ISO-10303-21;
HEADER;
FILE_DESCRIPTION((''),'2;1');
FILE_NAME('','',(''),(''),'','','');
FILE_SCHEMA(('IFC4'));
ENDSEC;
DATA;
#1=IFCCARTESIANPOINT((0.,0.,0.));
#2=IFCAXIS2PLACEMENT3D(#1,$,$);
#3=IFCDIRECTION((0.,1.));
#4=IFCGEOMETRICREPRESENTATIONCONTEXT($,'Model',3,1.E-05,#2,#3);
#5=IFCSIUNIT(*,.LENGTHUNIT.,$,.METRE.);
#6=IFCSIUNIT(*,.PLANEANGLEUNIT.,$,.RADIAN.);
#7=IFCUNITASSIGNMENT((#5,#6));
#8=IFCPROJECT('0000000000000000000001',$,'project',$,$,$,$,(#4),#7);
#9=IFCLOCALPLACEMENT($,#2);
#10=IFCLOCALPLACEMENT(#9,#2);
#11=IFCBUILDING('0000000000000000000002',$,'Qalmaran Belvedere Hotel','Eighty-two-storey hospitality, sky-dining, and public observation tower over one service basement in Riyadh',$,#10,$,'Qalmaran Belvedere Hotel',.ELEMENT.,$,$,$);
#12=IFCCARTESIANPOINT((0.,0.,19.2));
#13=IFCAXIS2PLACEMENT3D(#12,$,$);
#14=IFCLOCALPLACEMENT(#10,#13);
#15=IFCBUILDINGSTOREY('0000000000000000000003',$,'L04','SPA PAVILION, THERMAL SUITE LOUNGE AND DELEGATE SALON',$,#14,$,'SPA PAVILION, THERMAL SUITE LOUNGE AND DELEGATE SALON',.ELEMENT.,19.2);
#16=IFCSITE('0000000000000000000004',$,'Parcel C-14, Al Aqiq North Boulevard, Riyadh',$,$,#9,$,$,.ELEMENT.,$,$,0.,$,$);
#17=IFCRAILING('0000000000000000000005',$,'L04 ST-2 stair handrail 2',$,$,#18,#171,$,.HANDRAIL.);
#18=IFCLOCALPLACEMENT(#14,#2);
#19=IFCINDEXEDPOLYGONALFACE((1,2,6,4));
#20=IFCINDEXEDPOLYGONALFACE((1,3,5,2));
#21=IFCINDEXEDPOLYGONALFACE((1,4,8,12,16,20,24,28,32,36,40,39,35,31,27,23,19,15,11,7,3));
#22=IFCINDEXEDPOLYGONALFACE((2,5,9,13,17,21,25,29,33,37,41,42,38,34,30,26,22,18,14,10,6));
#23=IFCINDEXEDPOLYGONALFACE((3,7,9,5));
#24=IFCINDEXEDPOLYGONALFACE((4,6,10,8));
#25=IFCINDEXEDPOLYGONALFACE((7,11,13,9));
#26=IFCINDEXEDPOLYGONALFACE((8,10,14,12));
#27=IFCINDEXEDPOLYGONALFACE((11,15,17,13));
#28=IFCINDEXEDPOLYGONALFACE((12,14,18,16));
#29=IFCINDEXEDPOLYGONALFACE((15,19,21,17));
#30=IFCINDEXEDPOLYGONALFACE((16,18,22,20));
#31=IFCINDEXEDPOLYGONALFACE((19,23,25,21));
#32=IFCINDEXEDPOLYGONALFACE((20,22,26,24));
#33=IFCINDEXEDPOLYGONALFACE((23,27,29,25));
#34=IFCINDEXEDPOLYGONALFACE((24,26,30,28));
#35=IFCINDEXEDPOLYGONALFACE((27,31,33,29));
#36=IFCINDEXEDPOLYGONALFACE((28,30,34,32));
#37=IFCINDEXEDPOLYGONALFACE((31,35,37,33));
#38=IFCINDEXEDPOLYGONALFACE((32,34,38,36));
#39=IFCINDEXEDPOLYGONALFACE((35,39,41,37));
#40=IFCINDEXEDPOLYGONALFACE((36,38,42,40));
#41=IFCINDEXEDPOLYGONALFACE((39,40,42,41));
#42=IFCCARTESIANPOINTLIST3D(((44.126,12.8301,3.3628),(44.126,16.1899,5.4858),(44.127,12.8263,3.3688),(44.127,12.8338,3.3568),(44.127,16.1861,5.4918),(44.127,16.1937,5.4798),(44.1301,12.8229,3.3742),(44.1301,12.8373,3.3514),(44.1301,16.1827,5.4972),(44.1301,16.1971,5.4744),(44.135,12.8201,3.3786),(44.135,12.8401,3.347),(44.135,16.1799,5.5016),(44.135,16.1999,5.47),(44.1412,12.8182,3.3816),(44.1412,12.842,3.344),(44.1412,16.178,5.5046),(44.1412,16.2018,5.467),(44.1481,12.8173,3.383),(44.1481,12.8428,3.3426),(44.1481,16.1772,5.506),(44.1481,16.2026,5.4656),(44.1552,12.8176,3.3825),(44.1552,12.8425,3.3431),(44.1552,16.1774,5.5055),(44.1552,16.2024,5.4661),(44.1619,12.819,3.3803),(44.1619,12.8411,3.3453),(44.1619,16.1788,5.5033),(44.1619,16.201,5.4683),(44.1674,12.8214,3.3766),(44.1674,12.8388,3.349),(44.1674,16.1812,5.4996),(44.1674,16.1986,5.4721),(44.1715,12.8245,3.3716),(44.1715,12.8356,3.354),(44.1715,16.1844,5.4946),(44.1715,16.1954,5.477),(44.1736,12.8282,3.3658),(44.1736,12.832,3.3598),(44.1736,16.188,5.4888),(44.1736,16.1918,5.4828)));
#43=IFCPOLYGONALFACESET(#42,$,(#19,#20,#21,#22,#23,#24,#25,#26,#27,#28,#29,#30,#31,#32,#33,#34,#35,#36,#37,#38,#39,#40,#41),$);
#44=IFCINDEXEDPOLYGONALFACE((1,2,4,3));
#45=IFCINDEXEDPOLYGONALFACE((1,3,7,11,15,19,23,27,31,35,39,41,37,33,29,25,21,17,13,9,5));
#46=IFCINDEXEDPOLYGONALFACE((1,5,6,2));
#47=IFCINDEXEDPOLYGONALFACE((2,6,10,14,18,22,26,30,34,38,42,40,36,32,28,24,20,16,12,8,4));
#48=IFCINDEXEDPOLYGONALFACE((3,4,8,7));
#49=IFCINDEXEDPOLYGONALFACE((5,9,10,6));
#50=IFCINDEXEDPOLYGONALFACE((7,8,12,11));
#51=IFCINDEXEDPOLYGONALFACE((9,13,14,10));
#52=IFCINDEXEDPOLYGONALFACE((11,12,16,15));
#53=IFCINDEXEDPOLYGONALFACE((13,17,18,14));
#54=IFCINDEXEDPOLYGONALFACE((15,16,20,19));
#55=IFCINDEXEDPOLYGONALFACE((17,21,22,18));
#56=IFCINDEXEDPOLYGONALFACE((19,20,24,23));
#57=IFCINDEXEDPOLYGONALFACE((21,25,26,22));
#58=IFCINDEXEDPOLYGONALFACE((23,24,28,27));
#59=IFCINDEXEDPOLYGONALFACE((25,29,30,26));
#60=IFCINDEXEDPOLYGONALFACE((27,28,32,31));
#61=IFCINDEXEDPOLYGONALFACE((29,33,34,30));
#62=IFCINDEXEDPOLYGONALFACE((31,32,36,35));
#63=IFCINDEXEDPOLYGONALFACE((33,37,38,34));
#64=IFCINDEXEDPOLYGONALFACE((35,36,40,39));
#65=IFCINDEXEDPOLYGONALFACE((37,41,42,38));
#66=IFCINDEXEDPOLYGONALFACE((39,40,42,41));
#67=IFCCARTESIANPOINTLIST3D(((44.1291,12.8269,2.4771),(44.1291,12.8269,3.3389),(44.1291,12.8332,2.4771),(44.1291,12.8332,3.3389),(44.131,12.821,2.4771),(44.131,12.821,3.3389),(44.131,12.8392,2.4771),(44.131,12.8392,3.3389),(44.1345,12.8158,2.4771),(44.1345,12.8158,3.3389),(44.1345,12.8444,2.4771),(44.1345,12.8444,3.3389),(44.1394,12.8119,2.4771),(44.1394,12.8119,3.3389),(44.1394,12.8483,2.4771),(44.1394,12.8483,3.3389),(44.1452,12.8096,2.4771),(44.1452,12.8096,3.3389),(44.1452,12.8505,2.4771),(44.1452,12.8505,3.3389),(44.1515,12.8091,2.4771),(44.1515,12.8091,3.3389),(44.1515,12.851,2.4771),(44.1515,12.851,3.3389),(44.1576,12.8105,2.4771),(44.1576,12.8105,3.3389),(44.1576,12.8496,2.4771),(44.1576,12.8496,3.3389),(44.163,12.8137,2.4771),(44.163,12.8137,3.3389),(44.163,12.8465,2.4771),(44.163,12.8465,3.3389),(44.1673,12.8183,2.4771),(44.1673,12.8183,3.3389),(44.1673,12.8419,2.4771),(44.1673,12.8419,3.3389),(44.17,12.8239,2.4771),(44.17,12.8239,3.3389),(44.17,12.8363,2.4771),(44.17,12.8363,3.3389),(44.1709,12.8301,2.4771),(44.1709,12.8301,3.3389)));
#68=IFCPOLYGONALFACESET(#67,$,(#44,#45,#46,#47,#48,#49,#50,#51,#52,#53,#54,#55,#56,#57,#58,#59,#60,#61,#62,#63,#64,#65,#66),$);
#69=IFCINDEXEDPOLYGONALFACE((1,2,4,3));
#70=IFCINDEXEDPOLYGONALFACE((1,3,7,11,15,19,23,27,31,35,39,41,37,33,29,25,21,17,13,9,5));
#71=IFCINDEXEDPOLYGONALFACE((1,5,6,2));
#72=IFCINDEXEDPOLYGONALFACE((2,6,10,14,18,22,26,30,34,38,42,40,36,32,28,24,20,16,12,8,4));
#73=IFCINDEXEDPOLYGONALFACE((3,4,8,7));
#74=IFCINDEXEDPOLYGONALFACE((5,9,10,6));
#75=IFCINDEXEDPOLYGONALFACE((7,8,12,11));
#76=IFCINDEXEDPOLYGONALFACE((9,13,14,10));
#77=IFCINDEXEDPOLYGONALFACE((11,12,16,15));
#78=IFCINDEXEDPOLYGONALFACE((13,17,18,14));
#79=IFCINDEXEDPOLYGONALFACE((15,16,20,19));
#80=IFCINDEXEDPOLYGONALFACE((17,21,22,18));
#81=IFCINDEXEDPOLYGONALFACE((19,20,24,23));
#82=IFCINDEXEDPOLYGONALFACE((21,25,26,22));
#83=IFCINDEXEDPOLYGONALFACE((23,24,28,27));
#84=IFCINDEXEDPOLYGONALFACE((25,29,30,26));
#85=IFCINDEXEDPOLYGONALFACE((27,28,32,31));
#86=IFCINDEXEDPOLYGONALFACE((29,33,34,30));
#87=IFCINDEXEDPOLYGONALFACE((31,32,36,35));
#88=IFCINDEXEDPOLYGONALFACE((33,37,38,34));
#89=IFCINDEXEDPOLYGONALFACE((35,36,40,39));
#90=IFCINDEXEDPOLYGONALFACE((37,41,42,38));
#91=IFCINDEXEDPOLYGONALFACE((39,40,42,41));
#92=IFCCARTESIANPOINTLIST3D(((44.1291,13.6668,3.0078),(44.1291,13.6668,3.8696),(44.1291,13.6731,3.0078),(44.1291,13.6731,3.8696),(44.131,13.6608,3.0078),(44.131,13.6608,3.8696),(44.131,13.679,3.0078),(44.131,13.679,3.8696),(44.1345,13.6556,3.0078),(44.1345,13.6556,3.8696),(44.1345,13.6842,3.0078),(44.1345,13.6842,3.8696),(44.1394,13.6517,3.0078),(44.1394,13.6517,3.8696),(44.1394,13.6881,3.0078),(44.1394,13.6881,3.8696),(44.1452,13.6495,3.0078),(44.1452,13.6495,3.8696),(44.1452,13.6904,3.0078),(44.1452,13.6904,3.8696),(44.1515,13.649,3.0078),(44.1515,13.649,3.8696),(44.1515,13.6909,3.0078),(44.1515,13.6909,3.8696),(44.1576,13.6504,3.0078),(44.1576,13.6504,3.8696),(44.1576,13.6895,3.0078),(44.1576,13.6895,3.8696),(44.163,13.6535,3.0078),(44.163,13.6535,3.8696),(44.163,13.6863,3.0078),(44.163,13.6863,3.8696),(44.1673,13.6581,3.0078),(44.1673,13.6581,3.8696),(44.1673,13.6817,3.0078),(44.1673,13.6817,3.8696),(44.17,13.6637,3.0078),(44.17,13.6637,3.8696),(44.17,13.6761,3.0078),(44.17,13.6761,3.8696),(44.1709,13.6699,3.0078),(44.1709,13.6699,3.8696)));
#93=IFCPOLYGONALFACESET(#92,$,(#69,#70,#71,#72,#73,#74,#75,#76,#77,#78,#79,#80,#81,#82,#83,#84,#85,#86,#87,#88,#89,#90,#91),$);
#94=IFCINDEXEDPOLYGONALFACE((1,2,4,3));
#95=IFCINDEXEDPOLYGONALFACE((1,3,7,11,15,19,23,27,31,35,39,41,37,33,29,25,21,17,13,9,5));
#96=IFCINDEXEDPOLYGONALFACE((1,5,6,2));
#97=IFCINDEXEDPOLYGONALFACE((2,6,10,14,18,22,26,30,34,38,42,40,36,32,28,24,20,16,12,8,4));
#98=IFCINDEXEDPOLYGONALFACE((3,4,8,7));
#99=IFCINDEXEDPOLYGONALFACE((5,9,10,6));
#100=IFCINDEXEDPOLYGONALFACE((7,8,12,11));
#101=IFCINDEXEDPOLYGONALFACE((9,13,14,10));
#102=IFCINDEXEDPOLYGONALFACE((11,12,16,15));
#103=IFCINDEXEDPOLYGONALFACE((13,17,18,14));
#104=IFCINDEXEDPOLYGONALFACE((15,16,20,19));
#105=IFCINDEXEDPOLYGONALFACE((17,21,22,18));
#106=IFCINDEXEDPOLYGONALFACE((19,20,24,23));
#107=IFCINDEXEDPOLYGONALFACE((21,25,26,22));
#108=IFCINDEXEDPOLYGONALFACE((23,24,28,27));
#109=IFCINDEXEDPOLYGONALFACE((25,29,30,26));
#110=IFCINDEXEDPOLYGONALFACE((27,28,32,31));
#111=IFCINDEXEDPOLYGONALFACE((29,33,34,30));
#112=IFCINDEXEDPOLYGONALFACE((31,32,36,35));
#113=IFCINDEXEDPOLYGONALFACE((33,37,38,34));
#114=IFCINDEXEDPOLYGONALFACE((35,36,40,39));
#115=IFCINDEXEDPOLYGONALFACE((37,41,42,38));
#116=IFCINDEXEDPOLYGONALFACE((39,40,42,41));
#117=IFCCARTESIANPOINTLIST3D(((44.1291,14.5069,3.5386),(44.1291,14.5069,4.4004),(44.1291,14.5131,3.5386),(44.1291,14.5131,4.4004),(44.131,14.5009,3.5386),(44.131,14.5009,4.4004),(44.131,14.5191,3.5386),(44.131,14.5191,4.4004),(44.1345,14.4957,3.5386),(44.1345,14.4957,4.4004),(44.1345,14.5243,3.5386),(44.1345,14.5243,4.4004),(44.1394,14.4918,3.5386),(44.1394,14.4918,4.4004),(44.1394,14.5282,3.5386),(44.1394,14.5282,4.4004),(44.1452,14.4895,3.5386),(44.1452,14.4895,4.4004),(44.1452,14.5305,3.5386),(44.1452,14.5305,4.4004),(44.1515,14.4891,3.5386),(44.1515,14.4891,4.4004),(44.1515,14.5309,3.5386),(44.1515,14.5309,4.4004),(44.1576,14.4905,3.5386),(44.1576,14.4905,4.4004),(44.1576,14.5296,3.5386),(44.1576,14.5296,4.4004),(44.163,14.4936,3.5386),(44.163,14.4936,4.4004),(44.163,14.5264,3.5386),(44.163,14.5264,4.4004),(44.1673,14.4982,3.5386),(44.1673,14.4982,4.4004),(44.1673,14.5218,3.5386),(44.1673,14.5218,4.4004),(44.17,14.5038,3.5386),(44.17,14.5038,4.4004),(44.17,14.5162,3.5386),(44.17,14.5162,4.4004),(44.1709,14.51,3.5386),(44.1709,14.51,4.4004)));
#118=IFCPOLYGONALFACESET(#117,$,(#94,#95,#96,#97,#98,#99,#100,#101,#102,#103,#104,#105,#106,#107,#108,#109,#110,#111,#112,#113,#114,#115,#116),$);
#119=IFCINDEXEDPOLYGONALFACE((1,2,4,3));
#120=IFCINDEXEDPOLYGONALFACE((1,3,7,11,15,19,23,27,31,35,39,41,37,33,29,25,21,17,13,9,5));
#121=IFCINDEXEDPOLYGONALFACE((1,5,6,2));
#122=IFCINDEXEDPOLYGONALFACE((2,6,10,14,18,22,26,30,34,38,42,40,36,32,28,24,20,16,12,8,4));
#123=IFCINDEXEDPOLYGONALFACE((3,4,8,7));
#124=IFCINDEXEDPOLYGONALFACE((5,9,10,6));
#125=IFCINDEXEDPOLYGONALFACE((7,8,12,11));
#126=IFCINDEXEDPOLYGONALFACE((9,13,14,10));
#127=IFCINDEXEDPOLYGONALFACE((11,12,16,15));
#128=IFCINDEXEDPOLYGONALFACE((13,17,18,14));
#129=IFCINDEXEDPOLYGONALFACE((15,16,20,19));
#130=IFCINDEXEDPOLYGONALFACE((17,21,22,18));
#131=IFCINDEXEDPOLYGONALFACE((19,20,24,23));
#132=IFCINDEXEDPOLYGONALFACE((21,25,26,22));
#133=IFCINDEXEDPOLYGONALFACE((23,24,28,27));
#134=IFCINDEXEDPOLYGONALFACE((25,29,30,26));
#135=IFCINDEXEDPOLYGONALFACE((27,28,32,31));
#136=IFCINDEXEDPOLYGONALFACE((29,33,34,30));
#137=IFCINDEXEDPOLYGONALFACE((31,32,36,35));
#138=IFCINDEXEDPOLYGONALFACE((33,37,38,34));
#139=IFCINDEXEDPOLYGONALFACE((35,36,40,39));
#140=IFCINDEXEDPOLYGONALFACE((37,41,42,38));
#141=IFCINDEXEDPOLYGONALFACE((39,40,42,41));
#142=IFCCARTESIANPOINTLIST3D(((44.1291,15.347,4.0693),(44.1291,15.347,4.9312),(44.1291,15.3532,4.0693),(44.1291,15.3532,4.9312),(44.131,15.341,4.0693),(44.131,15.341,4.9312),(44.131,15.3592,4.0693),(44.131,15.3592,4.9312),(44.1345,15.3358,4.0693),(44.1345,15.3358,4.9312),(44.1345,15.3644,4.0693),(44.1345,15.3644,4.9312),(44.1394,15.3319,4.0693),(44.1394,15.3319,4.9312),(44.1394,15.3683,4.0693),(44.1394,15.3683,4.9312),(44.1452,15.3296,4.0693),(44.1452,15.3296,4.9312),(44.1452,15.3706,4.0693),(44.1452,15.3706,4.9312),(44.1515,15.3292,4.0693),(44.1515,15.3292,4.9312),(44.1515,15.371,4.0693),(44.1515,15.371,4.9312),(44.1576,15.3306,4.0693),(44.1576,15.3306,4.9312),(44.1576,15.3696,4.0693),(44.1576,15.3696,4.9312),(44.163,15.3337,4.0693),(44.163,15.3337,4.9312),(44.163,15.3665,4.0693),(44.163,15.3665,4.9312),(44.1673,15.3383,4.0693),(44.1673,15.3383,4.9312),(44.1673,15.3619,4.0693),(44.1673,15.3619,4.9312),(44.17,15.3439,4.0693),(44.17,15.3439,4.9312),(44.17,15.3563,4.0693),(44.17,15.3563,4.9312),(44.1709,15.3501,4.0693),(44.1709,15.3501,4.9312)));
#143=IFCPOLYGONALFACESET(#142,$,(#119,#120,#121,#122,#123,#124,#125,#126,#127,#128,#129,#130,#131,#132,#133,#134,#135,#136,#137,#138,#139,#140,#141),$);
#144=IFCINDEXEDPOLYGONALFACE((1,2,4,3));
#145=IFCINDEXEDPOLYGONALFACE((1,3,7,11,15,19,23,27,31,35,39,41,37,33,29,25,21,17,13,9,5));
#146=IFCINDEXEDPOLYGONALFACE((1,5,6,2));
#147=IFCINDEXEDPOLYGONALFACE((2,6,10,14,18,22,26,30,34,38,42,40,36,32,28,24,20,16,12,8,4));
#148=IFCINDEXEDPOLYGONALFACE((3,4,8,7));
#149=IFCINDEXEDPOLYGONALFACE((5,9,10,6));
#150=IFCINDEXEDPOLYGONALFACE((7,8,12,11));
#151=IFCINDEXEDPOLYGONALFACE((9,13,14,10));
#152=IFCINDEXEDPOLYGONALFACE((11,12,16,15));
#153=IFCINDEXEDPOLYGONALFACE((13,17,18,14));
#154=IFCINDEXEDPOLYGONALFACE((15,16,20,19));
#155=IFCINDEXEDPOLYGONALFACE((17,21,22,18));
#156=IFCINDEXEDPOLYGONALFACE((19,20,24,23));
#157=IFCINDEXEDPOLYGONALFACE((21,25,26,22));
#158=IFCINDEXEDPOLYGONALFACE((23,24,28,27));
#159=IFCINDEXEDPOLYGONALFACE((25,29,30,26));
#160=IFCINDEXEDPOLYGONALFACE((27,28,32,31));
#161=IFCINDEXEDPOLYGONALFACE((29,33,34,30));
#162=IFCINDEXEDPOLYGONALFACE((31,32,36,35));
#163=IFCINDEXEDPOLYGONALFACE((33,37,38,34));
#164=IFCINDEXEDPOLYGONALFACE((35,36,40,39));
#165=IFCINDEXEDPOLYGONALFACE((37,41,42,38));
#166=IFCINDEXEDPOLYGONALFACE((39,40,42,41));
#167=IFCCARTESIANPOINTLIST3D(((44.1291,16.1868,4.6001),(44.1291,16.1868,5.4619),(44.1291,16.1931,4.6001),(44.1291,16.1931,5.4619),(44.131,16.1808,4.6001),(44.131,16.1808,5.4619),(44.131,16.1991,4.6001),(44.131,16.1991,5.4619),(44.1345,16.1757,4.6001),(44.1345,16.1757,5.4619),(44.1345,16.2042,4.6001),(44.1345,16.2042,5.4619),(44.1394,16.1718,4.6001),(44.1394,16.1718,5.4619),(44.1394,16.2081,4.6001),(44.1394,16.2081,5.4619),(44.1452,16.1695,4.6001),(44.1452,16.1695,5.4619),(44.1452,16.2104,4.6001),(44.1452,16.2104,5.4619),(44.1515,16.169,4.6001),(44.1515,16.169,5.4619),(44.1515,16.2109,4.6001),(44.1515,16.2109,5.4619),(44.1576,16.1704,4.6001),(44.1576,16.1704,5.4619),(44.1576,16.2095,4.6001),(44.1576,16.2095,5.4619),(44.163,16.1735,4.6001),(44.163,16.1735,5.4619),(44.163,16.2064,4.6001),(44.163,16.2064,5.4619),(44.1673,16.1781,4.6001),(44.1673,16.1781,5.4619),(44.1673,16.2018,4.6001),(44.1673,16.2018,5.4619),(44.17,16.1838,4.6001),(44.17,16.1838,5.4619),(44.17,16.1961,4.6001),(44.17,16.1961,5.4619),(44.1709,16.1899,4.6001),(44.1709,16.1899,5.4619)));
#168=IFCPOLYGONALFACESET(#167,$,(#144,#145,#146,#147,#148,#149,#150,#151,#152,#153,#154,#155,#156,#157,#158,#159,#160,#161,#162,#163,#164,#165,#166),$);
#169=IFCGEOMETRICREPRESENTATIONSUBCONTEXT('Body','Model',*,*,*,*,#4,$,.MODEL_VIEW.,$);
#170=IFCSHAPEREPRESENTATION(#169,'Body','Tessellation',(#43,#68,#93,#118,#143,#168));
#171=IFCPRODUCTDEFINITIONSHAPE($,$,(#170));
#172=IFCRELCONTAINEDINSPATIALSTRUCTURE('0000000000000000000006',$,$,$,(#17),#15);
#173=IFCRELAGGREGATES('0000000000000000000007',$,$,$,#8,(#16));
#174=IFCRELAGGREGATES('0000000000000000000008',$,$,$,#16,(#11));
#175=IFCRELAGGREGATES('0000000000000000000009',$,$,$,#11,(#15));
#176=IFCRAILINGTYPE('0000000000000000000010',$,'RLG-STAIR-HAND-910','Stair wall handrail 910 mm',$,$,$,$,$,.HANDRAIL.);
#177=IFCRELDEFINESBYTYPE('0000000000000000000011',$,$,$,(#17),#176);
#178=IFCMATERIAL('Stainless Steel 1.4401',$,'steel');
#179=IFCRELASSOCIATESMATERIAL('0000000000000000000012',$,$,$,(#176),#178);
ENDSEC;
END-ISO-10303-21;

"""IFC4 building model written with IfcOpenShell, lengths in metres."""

from ifc_helpers import new_model, si_unit, direction, frame, origin, origin_2d, place, context, subcontext, project, spatial, circle, extrude, material, type_object, element, save


model = new_model("IFC4")

# Units and contexts
model_context = context("Model", 3, precision=1e-05, world=origin(), true_north=direction((0.0, 1.0)))
body_context = subcontext(model_context, "Body", "Model", "MODEL_VIEW")
ifc_project = project(units=[si_unit("LENGTHUNIT", "METRE"), si_unit("PLANEANGLEUNIT", "RADIAN")], contexts=[model_context])

# Site, building, storey
site_placement = place(None, origin())
site = spatial("IfcSite", under=ifc_project, at=site_placement, Name="Parcel C-14, Al Aqiq North Boulevard, Riyadh", CompositionType="ELEMENT", RefElevation=0.0)
building_placement = place(site_placement, origin())
building = spatial("IfcBuilding", under=site, at=building_placement, Name="Qalmaran Belvedere Hotel", Description="Eighty-two-storey hospitality, sky-dining, and public observation tower over one service basement in Riyadh", LongName="Qalmaran Belvedere Hotel", CompositionType="ELEMENT")
storey_placement = place(building_placement, frame((0.0, 0.0, 19.2)))
storey = spatial("IfcBuildingStorey", under=building, at=storey_placement, Name="L04", Description="SPA PAVILION, THERMAL SUITE LOUNGE AND DELEGATE SALON", LongName="SPA PAVILION, THERMAL SUITE LOUNGE AND DELEGATE SALON", CompositionType="ELEMENT", Elevation=19.2)

# Railing
ifc_material_1 = material(Name="Stainless Steel 1.4401", Category="steel")
railing_type_1 = type_object("IfcRailingType", Name="RLG-STAIR-HAND-910", Description="Stair wall handrail 910 mm", PredefinedType="HANDRAIL", material=ifc_material_1)
railing_1_placement = place(storey_placement, frame((44.1499, 12.8301, 2.4771)))
element("IfcRailing", 1, at=railing_1_placement, inside=storey, type_object=railing_type_1, Name="L04 ST-2 stair handrail 2", PredefinedType="HANDRAIL", context=body_context, shape_type="SweptSolid", body=[
    extrude(circle(Radius=0.0239, at=origin_2d()), frame((0.0, 0.0, 0.8857), z_axis=(0.0, 0.845372, 0.534178), x_axis=(-1.0, 0.0, 0.0)), (0.0, 0.0, 1.0), 3.9744),
    extrude(circle(Radius=0.021, at=origin_2d()), origin(), (0.0, 0.0, 1.0), 0.8618),
    extrude(circle(Radius=0.021, at=origin_2d()), frame((0.0, 0.8398, 0.5308)), (0.0, 0.0, 1.0), 0.8618),
    extrude(circle(Radius=0.021, at=origin_2d()), frame((0.0, 1.6799, 1.0615)), (0.0, 0.0, 1.0), 0.8618),
    extrude(circle(Radius=0.021, at=origin_2d()), frame((0.0, 2.52, 1.5923)), (0.0, 0.0, 1.0), 0.8618),
    extrude(circle(Radius=0.021, at=origin_2d()), frame((0.0, 3.3599, 2.123)), (0.0, 0.0, 1.0), 0.8618),
])

save(model, "model.ifc")
